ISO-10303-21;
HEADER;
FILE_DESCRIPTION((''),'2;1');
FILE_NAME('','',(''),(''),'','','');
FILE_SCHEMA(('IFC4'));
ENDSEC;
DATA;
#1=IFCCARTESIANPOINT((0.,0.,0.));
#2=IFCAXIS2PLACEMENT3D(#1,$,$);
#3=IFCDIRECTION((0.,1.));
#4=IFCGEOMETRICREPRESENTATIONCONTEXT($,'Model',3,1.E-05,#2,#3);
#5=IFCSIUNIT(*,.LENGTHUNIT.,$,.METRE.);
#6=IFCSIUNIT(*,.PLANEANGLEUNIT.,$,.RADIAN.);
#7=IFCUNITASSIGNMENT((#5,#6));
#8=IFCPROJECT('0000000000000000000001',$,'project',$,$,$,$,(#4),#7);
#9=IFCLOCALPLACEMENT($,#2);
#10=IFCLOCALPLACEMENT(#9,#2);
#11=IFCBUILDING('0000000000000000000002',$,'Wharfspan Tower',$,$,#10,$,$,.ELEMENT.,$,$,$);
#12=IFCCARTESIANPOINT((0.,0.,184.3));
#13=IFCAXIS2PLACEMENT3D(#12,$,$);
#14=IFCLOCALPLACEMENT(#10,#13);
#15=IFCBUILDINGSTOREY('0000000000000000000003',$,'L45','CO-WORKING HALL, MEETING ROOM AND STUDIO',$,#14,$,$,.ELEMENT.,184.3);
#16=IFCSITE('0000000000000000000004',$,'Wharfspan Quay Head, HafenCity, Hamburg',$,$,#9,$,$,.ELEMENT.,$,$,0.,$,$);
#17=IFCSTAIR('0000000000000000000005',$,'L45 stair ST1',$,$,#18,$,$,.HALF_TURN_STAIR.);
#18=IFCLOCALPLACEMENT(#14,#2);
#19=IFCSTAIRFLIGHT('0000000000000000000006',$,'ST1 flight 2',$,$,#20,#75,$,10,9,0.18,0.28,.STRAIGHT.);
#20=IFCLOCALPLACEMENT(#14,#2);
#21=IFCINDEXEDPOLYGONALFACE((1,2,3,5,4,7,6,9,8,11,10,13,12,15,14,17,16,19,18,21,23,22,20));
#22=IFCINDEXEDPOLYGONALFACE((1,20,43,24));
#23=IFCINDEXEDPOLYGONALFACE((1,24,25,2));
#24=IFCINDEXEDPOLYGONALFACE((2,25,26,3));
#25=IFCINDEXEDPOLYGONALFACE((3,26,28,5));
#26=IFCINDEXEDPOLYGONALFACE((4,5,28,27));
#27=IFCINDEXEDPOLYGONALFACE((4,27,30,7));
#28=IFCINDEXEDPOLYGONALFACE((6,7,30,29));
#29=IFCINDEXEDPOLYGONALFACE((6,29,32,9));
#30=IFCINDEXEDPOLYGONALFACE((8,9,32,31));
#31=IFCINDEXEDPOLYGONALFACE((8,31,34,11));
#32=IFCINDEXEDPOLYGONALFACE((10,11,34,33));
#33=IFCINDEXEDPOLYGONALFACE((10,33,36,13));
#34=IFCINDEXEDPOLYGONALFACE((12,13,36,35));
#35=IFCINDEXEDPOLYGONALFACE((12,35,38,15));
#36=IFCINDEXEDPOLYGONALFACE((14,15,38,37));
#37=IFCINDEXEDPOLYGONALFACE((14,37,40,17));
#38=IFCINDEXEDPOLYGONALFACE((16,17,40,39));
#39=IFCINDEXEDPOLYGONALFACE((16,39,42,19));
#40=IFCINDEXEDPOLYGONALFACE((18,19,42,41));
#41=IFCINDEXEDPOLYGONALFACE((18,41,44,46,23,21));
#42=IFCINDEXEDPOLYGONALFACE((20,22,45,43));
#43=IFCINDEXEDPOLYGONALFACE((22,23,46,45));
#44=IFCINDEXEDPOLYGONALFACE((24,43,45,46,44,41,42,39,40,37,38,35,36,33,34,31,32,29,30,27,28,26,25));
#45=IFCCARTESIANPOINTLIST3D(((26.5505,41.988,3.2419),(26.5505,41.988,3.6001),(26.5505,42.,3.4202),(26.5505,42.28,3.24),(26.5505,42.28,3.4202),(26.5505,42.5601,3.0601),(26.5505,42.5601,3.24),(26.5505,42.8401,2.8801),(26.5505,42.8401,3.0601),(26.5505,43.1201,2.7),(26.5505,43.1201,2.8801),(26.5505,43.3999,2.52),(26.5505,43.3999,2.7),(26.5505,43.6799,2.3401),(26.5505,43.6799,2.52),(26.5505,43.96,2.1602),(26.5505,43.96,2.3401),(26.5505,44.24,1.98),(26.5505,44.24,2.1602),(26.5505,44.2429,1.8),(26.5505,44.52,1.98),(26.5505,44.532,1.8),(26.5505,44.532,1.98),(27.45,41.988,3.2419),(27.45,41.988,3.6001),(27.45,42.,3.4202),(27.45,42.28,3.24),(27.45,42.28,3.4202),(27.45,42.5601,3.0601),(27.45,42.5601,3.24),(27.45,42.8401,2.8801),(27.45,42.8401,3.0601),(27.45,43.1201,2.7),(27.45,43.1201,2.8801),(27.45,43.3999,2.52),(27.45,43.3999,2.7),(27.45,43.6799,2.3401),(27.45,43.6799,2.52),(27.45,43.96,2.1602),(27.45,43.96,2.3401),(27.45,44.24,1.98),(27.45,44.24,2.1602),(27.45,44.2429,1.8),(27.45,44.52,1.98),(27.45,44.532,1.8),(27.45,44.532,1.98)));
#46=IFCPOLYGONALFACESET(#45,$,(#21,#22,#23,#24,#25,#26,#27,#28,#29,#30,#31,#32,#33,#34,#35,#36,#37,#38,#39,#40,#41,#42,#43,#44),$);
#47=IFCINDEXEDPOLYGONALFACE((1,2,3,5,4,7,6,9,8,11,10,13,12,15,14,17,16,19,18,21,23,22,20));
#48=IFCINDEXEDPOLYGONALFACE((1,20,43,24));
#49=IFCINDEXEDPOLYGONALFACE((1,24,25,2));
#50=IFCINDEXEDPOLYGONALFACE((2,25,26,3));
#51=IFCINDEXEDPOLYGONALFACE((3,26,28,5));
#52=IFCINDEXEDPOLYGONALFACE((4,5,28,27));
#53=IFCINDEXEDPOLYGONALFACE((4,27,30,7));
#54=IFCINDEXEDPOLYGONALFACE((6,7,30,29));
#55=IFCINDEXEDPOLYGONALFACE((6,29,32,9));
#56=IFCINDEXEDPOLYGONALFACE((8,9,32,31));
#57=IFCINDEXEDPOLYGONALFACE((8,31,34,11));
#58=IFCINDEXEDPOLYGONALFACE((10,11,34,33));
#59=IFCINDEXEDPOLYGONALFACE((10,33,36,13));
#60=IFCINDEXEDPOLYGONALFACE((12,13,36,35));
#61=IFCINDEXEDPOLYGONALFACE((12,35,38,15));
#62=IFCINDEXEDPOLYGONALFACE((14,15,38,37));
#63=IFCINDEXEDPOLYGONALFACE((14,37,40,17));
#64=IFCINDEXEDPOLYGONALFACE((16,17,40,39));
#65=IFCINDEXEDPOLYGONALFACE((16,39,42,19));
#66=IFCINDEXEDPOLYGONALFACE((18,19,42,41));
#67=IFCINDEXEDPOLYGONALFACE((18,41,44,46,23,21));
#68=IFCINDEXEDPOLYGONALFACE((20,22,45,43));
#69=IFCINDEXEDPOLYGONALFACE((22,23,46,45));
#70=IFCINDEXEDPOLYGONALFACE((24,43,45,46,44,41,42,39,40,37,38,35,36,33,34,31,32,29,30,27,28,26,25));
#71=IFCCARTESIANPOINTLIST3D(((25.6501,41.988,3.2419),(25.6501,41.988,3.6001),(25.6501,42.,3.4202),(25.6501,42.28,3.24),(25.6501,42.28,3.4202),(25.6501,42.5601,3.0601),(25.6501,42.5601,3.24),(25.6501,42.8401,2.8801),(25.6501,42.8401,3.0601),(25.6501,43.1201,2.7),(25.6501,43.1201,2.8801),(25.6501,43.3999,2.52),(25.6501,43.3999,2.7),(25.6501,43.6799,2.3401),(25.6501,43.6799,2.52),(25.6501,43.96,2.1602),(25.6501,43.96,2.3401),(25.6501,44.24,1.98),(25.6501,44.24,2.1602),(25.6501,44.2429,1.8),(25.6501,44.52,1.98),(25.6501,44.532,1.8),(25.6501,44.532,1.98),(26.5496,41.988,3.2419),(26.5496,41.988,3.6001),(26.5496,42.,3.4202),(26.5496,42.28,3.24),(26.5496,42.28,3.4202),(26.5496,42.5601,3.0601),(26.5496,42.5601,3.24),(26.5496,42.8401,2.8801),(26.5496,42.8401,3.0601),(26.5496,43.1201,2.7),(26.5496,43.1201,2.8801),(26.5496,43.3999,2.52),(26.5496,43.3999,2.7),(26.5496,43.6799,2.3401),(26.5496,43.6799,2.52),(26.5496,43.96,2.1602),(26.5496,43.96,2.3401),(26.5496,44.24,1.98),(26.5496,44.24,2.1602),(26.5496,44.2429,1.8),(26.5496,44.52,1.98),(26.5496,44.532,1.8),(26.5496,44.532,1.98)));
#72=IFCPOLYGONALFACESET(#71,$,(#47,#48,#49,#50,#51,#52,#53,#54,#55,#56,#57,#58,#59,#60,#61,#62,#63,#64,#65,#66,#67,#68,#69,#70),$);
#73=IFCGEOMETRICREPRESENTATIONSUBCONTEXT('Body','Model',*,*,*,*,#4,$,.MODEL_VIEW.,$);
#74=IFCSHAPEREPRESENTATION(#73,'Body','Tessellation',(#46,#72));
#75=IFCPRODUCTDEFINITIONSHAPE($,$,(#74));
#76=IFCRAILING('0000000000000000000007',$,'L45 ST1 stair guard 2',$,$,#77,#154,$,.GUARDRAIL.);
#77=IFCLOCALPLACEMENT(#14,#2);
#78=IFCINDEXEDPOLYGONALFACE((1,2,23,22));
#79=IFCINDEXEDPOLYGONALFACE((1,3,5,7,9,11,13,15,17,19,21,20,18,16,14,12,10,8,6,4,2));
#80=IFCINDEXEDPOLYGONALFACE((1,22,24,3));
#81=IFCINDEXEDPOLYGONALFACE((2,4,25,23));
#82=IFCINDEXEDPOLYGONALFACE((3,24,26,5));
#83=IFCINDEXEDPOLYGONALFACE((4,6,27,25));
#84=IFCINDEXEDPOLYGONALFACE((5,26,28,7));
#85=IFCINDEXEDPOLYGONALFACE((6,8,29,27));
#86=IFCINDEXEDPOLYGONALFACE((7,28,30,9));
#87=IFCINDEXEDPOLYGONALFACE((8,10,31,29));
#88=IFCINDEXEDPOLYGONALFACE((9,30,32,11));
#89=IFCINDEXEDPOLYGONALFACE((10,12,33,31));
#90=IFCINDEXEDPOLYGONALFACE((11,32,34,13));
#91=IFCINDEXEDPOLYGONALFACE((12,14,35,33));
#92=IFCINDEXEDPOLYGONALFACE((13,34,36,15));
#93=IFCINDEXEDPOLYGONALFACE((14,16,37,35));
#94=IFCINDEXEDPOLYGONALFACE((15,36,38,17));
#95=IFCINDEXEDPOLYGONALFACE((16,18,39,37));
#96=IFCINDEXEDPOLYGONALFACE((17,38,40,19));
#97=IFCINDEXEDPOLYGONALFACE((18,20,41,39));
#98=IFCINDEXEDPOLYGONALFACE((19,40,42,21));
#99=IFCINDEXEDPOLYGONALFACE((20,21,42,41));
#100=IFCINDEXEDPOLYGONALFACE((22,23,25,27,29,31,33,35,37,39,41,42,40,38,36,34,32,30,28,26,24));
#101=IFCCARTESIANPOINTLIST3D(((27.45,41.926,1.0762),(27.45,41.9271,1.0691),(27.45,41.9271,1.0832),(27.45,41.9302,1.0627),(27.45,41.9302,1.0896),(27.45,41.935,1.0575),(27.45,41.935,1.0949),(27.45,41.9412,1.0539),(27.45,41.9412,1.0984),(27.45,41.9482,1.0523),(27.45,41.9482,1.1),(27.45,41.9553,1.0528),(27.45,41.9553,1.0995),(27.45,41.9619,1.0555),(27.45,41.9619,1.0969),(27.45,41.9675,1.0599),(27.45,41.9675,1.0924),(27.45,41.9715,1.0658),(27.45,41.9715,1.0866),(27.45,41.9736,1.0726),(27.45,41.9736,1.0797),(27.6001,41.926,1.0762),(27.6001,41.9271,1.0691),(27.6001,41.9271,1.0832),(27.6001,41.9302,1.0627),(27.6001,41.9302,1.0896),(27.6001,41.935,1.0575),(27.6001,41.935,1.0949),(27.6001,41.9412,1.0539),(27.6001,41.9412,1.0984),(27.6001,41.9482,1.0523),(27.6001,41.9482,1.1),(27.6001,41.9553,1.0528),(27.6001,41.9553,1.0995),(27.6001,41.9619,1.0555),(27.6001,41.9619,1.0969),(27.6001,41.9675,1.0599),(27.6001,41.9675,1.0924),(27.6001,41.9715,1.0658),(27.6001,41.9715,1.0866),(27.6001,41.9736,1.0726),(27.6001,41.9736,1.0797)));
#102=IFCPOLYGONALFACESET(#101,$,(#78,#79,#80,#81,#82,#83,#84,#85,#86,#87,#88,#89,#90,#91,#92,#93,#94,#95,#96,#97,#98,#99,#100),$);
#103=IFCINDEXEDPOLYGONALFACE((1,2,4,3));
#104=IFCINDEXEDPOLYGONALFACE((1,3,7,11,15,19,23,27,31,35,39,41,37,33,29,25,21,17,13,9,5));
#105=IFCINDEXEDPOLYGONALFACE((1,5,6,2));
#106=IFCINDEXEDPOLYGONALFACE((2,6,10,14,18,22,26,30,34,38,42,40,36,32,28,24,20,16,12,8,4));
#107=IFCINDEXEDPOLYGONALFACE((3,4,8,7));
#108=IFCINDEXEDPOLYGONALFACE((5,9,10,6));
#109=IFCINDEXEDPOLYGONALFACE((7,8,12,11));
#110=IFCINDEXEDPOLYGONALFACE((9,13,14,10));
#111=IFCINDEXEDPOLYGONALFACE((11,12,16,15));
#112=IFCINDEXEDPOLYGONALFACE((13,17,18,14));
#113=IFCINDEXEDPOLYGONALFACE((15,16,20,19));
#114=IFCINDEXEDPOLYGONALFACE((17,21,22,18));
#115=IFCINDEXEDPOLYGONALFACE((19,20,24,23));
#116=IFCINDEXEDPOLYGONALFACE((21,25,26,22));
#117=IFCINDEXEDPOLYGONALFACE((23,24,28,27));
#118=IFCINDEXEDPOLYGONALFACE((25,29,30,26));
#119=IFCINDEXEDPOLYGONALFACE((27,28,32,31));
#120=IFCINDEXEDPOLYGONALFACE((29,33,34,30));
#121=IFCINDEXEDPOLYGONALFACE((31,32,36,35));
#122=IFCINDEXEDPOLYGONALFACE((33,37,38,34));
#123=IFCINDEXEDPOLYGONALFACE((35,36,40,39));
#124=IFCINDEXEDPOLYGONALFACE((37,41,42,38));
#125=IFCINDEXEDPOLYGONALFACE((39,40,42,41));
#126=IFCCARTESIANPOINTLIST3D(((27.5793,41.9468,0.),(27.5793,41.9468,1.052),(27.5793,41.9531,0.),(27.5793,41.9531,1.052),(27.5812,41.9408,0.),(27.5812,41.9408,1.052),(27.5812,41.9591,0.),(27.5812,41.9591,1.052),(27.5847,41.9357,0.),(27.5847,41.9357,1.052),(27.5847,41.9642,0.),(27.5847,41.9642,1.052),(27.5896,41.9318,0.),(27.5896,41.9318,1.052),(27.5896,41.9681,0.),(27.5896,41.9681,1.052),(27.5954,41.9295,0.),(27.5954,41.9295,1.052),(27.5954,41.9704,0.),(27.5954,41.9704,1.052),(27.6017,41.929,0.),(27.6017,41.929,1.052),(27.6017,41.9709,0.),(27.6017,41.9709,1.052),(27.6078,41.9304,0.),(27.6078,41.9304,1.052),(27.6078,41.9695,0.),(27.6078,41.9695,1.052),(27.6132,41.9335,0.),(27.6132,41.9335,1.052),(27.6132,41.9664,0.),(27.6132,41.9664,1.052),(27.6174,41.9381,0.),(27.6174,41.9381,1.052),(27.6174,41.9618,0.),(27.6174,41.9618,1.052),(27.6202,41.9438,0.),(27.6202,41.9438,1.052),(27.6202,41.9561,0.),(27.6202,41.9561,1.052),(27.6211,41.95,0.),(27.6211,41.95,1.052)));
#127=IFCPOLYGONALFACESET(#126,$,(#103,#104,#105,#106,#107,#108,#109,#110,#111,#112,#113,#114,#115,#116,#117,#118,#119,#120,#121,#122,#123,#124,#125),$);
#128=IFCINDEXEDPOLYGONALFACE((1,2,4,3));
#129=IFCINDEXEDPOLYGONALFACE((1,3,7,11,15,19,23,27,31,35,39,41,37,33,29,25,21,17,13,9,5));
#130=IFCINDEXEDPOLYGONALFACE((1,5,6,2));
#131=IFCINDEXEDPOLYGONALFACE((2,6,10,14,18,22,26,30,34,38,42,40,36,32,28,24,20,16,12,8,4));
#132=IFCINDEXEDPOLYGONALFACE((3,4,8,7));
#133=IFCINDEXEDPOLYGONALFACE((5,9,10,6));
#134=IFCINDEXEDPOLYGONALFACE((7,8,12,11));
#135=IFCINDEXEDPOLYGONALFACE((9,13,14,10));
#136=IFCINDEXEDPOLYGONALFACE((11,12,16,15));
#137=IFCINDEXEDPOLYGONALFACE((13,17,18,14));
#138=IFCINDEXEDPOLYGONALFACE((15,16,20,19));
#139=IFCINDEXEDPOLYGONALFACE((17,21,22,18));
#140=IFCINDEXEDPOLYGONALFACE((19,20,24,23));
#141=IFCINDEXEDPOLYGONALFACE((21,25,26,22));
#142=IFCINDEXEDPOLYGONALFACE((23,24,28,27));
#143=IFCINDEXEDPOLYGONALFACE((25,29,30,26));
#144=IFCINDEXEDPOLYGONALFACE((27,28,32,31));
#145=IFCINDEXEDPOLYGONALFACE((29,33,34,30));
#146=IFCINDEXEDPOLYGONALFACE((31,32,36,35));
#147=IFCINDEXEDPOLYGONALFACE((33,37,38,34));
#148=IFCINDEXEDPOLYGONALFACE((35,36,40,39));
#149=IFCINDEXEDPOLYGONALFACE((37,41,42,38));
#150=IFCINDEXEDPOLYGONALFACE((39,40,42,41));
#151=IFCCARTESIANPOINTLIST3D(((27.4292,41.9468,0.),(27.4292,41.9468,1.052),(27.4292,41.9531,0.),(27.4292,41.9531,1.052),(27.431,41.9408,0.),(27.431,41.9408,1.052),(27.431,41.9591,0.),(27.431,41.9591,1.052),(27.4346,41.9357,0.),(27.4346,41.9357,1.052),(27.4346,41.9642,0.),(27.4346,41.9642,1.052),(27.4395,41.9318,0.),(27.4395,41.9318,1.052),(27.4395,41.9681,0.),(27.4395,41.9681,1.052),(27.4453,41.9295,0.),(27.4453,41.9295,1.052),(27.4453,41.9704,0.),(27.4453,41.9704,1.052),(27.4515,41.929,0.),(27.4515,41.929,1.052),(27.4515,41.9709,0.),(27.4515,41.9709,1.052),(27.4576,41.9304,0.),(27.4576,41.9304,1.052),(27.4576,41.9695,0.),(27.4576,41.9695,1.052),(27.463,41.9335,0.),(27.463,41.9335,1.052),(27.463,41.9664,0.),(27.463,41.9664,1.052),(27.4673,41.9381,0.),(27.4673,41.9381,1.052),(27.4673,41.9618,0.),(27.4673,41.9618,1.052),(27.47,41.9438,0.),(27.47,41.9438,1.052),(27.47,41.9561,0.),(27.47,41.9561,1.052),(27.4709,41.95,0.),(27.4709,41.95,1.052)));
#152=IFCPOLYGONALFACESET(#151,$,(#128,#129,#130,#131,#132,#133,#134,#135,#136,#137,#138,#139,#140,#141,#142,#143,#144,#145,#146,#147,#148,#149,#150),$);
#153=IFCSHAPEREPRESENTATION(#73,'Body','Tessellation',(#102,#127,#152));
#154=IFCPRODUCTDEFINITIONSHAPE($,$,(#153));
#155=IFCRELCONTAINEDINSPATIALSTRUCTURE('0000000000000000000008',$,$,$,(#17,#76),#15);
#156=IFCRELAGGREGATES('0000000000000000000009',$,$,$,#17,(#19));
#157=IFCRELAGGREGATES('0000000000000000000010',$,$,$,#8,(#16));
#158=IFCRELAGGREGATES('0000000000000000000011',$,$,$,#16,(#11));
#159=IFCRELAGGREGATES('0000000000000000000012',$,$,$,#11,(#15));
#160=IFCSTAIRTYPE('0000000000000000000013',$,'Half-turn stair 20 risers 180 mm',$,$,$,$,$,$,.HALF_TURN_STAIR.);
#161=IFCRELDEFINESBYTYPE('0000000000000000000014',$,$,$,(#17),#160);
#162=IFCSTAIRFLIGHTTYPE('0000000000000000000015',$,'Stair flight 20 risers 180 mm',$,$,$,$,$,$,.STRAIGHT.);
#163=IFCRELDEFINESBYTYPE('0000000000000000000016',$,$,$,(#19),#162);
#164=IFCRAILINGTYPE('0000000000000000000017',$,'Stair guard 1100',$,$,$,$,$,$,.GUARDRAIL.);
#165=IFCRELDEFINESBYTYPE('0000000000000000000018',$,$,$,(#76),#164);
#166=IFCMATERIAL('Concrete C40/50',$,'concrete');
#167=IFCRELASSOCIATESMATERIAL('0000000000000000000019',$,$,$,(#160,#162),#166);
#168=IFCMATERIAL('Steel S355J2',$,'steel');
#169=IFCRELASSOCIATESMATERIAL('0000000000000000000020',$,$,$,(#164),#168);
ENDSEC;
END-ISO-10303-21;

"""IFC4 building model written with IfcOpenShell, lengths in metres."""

from ifc_helpers import new_model, si_unit, direction, frame, origin, origin_2d, place, context, subcontext, project, spatial, polyline, circle, outline, extrude, material, type_object, element, aggregate, save


model = new_model("IFC4")

# Units and contexts
model_context = context("Model", 3, precision=1e-05, world=origin(), true_north=direction((0.0, 1.0)))
body_context = subcontext(model_context, "Body", "Model", "MODEL_VIEW")
ifc_project = project(units=[si_unit("LENGTHUNIT", "METRE"), si_unit("PLANEANGLEUNIT", "RADIAN")], contexts=[model_context])

# Site, building, storey
site_placement = place(None, origin())
site = spatial("IfcSite", under=ifc_project, at=site_placement, Name="Wharfspan Quay Head, HafenCity, Hamburg", CompositionType="ELEMENT", RefElevation=0.0)
building_placement = place(site_placement, origin())
building = spatial("IfcBuilding", under=site, at=building_placement, Name="Wharfspan Tower", CompositionType="ELEMENT")
storey_placement = place(building_placement, frame((0.0, 0.0, 184.3)))
storey = spatial("IfcBuildingStorey", under=building, at=storey_placement, Name="L45", Description="CO-WORKING HALL, MEETING ROOM AND STUDIO", CompositionType="ELEMENT", Elevation=184.3)

# Shared definitions
ifc_material_1 = material(Name="Steel S355J2", Category="steel")

# Shared definitions
ifc_material_2 = material(Name="Concrete C40/50", Category="concrete")

# Stair, stair flight
stair_type = type_object("IfcStairType", Name="Half-turn stair 20 risers 180 mm", PredefinedType="HALF_TURN_STAIR", material=ifc_material_2)
stair_placement = place(storey_placement, origin())
stair = element("IfcStair", 1, at=stair_placement, inside=storey, type_object=stair_type, Name="L45 stair ST1", PredefinedType="HALF_TURN_STAIR")
stair_flight_type = type_object("IfcStairFlightType", Name="Stair flight 20 risers 180 mm", PredefinedType="STRAIGHT", material=ifc_material_2)
stair_flight_1_placement = place(storey_placement, frame((26.55, 44.52, 1.8), z_axis=(0.0, 0.0, 1.0), x_axis=(0.0, -1.0, 0.0)))
stair_flight_1 = element("IfcStairFlight", 2, at=stair_flight_1_placement, type_object=stair_flight_type, Name="ST1 flight 2", NumberOfRisers=10, NumberOfTreads=9, PredefinedType="STRAIGHT", RiserHeight=0.18, TreadLength=0.28, context=body_context, shape_type="SweptSolid", body=[
    extrude(outline(polyline([(-0.012, 0.0), (-0.012, 0.1799), (0.0, 0.1799), (0.28, 0.1799), (0.28, 0.3601), (0.5601, 0.3601), (0.5601, 0.54), (0.8401, 0.54), (0.8401, 0.72), (1.1201, 0.72), (1.1201, 0.8999), (1.3999, 0.8999), (1.3999, 1.0801), (1.6799, 1.0801), (1.6799, 1.26), (1.96, 1.26), (1.96, 1.4399), (2.24, 1.4399), (2.24, 1.6201), (2.52, 1.6201), (2.532, 1.8), (2.532, 1.4419), (0.2771, 0.0), (-0.012, 0.0)])), frame((0.0, 0.8999, 0.0), z_axis=(0.0, -1.0, 0.0), x_axis=(1.0, 0.0, 0.0)), (0.0, 0.0, 1.0), 0.8994),
    extrude(outline(polyline([(-0.012, 0.0), (-0.012, 0.1799), (0.0, 0.1799), (0.28, 0.1799), (0.28, 0.3601), (0.5601, 0.3601), (0.5601, 0.54), (0.8401, 0.54), (0.8401, 0.72), (1.1201, 0.72), (1.1201, 0.8999), (1.3999, 0.8999), (1.3999, 1.0801), (1.6799, 1.0801), (1.6799, 1.26), (1.96, 1.26), (1.96, 1.4399), (2.24, 1.4399), (2.24, 1.6201), (2.52, 1.6201), (2.532, 1.8), (2.532, 1.4419), (0.2771, 0.0), (-0.012, 0.0)])), frame((0.0, -0.0005, 0.0), z_axis=(0.0, -1.0, 0.0), x_axis=(1.0, 0.0, 0.0)), (0.0, 0.0, 1.0), 0.8994),
])
aggregate(stair, [stair_flight_1])

# Railing
railing_type_1 = type_object("IfcRailingType", Name="Stair guard 1100", PredefinedType="GUARDRAIL", material=ifc_material_1)
railing_1_placement = place(storey_placement, frame((27.6001, 41.95, 0.0)))
element("IfcRailing", 3, at=railing_1_placement, inside=storey, type_object=railing_type_1, Name="L45 ST1 stair guard 2", PredefinedType="GUARDRAIL", context=body_context, shape_type="SweptSolid", body=[
    extrude(circle(Radius=0.0239, at=origin_2d()), frame((0.0, 0.0, 1.0762), z_axis=(-1.0, 0.0, 0.0), x_axis=(0.0, -1.0, 0.0)), (0.0, 0.0, 1.0), 0.1501),
    extrude(circle(Radius=0.021, at=origin_2d()), origin(), (0.0, 0.0, 1.0), 1.052),
    extrude(circle(Radius=0.021, at=origin_2d()), frame((-0.1501, 0.0, 0.0)), (0.0, 0.0, 1.0), 1.052),
])

save(model, "model.ifc")
